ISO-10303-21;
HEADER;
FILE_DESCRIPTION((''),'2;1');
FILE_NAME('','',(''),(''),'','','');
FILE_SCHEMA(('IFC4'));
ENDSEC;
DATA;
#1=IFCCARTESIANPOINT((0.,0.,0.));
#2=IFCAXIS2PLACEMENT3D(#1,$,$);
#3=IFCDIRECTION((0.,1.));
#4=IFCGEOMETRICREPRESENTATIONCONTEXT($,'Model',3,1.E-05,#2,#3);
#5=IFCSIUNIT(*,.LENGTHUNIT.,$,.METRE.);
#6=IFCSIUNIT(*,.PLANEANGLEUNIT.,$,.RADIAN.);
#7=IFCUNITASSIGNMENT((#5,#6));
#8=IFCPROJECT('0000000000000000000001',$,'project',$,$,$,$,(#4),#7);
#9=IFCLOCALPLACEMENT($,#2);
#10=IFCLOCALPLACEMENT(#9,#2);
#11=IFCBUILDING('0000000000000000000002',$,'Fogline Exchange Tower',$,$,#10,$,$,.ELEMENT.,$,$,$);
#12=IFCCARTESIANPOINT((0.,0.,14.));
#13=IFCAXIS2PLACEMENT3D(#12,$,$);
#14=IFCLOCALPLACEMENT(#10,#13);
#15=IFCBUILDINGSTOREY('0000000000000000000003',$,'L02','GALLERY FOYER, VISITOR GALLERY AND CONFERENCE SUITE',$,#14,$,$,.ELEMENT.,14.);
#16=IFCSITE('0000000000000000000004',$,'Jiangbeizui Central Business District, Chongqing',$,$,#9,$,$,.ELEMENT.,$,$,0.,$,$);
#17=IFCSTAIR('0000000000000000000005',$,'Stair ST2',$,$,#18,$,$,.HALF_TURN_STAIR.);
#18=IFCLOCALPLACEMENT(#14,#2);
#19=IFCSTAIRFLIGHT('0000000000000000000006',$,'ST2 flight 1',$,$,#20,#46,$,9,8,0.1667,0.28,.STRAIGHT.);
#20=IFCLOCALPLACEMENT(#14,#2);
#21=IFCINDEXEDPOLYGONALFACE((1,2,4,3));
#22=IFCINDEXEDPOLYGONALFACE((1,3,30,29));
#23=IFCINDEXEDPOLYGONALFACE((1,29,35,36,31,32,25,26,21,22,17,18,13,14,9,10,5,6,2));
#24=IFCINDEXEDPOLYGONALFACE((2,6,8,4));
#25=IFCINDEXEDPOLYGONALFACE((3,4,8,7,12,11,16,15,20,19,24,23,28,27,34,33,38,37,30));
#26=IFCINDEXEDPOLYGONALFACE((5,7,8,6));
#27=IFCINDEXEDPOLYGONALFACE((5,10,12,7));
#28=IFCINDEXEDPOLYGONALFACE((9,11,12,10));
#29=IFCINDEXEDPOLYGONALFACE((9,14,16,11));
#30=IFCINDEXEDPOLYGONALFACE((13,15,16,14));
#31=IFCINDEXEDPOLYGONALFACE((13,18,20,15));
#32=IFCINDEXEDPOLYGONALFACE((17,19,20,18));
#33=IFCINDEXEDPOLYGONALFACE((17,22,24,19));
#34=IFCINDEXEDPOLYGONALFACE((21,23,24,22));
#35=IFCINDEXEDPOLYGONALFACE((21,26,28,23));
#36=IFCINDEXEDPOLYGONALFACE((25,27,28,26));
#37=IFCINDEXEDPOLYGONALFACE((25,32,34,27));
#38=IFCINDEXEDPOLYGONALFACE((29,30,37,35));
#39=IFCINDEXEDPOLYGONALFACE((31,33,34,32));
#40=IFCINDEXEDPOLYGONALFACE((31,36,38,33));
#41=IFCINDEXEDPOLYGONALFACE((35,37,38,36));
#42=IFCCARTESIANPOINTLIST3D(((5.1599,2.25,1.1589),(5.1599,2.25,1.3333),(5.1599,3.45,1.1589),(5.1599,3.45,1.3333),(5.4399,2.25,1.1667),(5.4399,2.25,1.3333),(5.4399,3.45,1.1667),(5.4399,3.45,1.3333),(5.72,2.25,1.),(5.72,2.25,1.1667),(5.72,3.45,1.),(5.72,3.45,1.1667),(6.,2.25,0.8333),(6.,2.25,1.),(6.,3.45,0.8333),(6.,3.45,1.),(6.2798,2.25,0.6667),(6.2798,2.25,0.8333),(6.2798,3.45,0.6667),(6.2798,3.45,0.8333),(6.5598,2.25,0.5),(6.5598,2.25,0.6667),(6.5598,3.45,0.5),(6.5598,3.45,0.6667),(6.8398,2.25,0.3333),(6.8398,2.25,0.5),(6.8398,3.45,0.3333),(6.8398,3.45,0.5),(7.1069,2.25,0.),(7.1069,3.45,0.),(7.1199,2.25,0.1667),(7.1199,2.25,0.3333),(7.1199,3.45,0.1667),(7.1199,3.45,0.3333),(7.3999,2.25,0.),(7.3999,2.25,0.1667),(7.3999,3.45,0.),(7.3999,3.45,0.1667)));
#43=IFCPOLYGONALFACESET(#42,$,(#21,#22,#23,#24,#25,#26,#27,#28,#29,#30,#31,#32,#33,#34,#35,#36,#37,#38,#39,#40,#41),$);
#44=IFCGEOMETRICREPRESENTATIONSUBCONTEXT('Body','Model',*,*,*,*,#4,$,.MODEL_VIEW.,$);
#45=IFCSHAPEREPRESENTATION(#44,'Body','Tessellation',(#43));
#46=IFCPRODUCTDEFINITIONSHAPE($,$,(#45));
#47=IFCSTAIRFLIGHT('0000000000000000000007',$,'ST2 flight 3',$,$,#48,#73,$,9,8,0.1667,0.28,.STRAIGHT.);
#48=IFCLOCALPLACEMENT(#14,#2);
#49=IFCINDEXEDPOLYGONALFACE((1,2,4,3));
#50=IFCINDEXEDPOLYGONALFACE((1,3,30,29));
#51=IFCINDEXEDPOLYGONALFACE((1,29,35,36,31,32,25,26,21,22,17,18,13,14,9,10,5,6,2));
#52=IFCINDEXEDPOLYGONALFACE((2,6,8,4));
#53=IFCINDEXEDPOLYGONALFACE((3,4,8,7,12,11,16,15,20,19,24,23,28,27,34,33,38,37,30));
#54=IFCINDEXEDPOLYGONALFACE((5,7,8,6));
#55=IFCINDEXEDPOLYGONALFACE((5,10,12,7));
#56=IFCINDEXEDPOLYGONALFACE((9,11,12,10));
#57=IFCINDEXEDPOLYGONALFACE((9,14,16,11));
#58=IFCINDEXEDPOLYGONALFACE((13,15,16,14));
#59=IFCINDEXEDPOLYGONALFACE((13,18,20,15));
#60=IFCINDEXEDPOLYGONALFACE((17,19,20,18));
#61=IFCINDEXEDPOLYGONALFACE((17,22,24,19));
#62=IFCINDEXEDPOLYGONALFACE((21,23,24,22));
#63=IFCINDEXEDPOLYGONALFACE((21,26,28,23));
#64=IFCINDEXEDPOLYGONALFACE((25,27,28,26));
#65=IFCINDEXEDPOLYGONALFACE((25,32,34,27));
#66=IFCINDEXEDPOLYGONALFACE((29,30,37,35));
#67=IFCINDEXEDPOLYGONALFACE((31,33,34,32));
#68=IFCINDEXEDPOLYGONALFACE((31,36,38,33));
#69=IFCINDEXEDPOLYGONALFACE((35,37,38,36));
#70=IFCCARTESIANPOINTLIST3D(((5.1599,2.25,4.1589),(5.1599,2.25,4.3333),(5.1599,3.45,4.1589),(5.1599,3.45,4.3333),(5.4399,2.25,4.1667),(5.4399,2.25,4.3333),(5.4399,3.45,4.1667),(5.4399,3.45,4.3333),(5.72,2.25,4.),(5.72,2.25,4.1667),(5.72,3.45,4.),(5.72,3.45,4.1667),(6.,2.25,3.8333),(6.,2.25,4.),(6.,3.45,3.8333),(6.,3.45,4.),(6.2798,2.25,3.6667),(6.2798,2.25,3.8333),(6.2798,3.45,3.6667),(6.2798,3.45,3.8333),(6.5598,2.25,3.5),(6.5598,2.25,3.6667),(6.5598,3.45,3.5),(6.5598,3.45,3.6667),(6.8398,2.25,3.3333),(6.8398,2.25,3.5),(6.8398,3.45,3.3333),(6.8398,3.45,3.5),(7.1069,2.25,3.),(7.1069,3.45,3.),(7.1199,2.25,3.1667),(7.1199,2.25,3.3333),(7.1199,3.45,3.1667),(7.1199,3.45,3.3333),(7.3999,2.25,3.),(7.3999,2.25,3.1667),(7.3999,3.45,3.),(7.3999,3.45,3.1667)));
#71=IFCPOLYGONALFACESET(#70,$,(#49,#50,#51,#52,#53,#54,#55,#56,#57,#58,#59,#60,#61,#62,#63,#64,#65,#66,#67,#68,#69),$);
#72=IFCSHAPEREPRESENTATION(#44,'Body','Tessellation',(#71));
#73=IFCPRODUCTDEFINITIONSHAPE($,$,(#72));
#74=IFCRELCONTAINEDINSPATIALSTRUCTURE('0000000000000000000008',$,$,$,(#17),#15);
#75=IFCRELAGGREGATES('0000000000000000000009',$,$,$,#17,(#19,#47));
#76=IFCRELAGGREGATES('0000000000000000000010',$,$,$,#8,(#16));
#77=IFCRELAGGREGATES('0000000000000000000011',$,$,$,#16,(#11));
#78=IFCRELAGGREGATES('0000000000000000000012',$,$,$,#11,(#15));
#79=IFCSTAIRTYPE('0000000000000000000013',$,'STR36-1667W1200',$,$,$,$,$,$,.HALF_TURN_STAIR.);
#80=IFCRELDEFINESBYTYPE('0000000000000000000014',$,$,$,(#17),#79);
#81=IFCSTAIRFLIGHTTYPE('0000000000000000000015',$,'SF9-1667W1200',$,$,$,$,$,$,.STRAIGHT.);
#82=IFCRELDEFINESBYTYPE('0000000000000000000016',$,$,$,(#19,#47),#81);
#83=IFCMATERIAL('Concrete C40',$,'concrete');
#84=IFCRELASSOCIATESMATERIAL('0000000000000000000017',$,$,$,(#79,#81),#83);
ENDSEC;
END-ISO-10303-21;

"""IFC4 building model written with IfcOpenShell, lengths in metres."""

from ifc_helpers import new_model, si_unit, direction, frame, origin, place, context, subcontext, project, spatial, polyline, outline, extrude, material, type_object, element, aggregate, save


model = new_model("IFC4")

# Units and contexts
model_context = context("Model", 3, precision=1e-05, world=origin(), true_north=direction((0.0, 1.0)))
body_context = subcontext(model_context, "Body", "Model", "MODEL_VIEW")
ifc_project = project(units=[si_unit("LENGTHUNIT", "METRE"), si_unit("PLANEANGLEUNIT", "RADIAN")], contexts=[model_context])

# Site, building, storey
site_placement = place(None, origin())
site = spatial("IfcSite", under=ifc_project, at=site_placement, Name="Jiangbeizui Central Business District, Chongqing", CompositionType="ELEMENT", RefElevation=0.0)
building_placement = place(site_placement, origin())
building = spatial("IfcBuilding", under=site, at=building_placement, Name="Fogline Exchange Tower", CompositionType="ELEMENT")
storey_placement = place(building_placement, frame((0.0, 0.0, 14.0)))
storey = spatial("IfcBuildingStorey", under=building, at=storey_placement, Name="L02", Description="GALLERY FOYER, VISITOR GALLERY AND CONFERENCE SUITE", CompositionType="ELEMENT", Elevation=14.0)

# Shared definitions
ifc_material_1 = material(Name="Concrete C40", Category="concrete")

# Stair, stair flights
stair_type = type_object("IfcStairType", Name="STR36-1667W1200", PredefinedType="HALF_TURN_STAIR", material=ifc_material_1)
stair_placement = place(storey_placement, origin())
stair = element("IfcStair", 1, at=stair_placement, inside=storey, type_object=stair_type, Name="Stair ST2", PredefinedType="HALF_TURN_STAIR")
stair_flight_type = type_object("IfcStairFlightType", Name="SF9-1667W1200", PredefinedType="STRAIGHT", material=ifc_material_1)
stair_flight_1_placement = place(storey_placement, frame((7.3999, 2.8501, 0.0), z_axis=(0.0, 0.0, 1.0), x_axis=(-1.0, 0.0, 0.0)))
stair_flight_1 = element("IfcStairFlight", 2, at=stair_flight_1_placement, type_object=stair_flight_type, Name="ST2 flight 1", NumberOfRisers=9, NumberOfTreads=8, PredefinedType="STRAIGHT", RiserHeight=0.1667, TreadLength=0.28, context=body_context, shape_type="SweptSolid", body=[
    extrude(outline(polyline([(0.0, 0.0), (0.0, 0.1667), (0.28, 0.1667), (0.28, 0.3333), (0.5601, 0.3333), (0.5601, 0.5), (0.8401, 0.5), (0.8401, 0.6667), (1.1201, 0.6667), (1.1201, 0.8333), (1.3999, 0.8333), (1.3999, 1.0), (1.6799, 1.0), (1.6799, 1.1667), (1.96, 1.1667), (1.96, 1.3333), (2.24, 1.3333), (2.24, 1.5), (2.24, 1.1589), (0.293, 0.0), (0.0, 0.0)])), frame((0.0, 0.6001, 0.0), z_axis=(0.0, -1.0, 0.0), x_axis=(1.0, 0.0, 0.0)), (0.0, 0.0, 1.0), 1.2),
])
stair_flight_2_placement = place(storey_placement, frame((7.3999, 2.8501, 3.0), z_axis=(0.0, 0.0, 1.0), x_axis=(-1.0, 0.0, 0.0)))
stair_flight_2 = element("IfcStairFlight", 3, at=stair_flight_2_placement, type_object=stair_flight_type, Name="ST2 flight 3", NumberOfRisers=9, NumberOfTreads=8, PredefinedType="STRAIGHT", RiserHeight=0.1667, TreadLength=0.28, context=body_context, shape_type="SweptSolid", body=[
    extrude(outline(polyline([(0.0, 0.0), (0.0, 0.1667), (0.28, 0.1667), (0.28, 0.3333), (0.5601, 0.3333), (0.5601, 0.5), (0.8401, 0.5), (0.8401, 0.6667), (1.1201, 0.6667), (1.1201, 0.8333), (1.3999, 0.8333), (1.3999, 1.0), (1.6799, 1.0), (1.6799, 1.1667), (1.96, 1.1667), (1.96, 1.3333), (2.24, 1.3333), (2.24, 1.5), (2.24, 1.1589), (0.293, 0.0), (0.0, 0.0)])), frame((0.0, 0.6001, 0.0), z_axis=(0.0, -1.0, 0.0), x_axis=(1.0, 0.0, 0.0)), (0.0, 0.0, 1.0), 1.2),
])
aggregate(stair, [stair_flight_1, stair_flight_2])

save(model, "model.ifc")
